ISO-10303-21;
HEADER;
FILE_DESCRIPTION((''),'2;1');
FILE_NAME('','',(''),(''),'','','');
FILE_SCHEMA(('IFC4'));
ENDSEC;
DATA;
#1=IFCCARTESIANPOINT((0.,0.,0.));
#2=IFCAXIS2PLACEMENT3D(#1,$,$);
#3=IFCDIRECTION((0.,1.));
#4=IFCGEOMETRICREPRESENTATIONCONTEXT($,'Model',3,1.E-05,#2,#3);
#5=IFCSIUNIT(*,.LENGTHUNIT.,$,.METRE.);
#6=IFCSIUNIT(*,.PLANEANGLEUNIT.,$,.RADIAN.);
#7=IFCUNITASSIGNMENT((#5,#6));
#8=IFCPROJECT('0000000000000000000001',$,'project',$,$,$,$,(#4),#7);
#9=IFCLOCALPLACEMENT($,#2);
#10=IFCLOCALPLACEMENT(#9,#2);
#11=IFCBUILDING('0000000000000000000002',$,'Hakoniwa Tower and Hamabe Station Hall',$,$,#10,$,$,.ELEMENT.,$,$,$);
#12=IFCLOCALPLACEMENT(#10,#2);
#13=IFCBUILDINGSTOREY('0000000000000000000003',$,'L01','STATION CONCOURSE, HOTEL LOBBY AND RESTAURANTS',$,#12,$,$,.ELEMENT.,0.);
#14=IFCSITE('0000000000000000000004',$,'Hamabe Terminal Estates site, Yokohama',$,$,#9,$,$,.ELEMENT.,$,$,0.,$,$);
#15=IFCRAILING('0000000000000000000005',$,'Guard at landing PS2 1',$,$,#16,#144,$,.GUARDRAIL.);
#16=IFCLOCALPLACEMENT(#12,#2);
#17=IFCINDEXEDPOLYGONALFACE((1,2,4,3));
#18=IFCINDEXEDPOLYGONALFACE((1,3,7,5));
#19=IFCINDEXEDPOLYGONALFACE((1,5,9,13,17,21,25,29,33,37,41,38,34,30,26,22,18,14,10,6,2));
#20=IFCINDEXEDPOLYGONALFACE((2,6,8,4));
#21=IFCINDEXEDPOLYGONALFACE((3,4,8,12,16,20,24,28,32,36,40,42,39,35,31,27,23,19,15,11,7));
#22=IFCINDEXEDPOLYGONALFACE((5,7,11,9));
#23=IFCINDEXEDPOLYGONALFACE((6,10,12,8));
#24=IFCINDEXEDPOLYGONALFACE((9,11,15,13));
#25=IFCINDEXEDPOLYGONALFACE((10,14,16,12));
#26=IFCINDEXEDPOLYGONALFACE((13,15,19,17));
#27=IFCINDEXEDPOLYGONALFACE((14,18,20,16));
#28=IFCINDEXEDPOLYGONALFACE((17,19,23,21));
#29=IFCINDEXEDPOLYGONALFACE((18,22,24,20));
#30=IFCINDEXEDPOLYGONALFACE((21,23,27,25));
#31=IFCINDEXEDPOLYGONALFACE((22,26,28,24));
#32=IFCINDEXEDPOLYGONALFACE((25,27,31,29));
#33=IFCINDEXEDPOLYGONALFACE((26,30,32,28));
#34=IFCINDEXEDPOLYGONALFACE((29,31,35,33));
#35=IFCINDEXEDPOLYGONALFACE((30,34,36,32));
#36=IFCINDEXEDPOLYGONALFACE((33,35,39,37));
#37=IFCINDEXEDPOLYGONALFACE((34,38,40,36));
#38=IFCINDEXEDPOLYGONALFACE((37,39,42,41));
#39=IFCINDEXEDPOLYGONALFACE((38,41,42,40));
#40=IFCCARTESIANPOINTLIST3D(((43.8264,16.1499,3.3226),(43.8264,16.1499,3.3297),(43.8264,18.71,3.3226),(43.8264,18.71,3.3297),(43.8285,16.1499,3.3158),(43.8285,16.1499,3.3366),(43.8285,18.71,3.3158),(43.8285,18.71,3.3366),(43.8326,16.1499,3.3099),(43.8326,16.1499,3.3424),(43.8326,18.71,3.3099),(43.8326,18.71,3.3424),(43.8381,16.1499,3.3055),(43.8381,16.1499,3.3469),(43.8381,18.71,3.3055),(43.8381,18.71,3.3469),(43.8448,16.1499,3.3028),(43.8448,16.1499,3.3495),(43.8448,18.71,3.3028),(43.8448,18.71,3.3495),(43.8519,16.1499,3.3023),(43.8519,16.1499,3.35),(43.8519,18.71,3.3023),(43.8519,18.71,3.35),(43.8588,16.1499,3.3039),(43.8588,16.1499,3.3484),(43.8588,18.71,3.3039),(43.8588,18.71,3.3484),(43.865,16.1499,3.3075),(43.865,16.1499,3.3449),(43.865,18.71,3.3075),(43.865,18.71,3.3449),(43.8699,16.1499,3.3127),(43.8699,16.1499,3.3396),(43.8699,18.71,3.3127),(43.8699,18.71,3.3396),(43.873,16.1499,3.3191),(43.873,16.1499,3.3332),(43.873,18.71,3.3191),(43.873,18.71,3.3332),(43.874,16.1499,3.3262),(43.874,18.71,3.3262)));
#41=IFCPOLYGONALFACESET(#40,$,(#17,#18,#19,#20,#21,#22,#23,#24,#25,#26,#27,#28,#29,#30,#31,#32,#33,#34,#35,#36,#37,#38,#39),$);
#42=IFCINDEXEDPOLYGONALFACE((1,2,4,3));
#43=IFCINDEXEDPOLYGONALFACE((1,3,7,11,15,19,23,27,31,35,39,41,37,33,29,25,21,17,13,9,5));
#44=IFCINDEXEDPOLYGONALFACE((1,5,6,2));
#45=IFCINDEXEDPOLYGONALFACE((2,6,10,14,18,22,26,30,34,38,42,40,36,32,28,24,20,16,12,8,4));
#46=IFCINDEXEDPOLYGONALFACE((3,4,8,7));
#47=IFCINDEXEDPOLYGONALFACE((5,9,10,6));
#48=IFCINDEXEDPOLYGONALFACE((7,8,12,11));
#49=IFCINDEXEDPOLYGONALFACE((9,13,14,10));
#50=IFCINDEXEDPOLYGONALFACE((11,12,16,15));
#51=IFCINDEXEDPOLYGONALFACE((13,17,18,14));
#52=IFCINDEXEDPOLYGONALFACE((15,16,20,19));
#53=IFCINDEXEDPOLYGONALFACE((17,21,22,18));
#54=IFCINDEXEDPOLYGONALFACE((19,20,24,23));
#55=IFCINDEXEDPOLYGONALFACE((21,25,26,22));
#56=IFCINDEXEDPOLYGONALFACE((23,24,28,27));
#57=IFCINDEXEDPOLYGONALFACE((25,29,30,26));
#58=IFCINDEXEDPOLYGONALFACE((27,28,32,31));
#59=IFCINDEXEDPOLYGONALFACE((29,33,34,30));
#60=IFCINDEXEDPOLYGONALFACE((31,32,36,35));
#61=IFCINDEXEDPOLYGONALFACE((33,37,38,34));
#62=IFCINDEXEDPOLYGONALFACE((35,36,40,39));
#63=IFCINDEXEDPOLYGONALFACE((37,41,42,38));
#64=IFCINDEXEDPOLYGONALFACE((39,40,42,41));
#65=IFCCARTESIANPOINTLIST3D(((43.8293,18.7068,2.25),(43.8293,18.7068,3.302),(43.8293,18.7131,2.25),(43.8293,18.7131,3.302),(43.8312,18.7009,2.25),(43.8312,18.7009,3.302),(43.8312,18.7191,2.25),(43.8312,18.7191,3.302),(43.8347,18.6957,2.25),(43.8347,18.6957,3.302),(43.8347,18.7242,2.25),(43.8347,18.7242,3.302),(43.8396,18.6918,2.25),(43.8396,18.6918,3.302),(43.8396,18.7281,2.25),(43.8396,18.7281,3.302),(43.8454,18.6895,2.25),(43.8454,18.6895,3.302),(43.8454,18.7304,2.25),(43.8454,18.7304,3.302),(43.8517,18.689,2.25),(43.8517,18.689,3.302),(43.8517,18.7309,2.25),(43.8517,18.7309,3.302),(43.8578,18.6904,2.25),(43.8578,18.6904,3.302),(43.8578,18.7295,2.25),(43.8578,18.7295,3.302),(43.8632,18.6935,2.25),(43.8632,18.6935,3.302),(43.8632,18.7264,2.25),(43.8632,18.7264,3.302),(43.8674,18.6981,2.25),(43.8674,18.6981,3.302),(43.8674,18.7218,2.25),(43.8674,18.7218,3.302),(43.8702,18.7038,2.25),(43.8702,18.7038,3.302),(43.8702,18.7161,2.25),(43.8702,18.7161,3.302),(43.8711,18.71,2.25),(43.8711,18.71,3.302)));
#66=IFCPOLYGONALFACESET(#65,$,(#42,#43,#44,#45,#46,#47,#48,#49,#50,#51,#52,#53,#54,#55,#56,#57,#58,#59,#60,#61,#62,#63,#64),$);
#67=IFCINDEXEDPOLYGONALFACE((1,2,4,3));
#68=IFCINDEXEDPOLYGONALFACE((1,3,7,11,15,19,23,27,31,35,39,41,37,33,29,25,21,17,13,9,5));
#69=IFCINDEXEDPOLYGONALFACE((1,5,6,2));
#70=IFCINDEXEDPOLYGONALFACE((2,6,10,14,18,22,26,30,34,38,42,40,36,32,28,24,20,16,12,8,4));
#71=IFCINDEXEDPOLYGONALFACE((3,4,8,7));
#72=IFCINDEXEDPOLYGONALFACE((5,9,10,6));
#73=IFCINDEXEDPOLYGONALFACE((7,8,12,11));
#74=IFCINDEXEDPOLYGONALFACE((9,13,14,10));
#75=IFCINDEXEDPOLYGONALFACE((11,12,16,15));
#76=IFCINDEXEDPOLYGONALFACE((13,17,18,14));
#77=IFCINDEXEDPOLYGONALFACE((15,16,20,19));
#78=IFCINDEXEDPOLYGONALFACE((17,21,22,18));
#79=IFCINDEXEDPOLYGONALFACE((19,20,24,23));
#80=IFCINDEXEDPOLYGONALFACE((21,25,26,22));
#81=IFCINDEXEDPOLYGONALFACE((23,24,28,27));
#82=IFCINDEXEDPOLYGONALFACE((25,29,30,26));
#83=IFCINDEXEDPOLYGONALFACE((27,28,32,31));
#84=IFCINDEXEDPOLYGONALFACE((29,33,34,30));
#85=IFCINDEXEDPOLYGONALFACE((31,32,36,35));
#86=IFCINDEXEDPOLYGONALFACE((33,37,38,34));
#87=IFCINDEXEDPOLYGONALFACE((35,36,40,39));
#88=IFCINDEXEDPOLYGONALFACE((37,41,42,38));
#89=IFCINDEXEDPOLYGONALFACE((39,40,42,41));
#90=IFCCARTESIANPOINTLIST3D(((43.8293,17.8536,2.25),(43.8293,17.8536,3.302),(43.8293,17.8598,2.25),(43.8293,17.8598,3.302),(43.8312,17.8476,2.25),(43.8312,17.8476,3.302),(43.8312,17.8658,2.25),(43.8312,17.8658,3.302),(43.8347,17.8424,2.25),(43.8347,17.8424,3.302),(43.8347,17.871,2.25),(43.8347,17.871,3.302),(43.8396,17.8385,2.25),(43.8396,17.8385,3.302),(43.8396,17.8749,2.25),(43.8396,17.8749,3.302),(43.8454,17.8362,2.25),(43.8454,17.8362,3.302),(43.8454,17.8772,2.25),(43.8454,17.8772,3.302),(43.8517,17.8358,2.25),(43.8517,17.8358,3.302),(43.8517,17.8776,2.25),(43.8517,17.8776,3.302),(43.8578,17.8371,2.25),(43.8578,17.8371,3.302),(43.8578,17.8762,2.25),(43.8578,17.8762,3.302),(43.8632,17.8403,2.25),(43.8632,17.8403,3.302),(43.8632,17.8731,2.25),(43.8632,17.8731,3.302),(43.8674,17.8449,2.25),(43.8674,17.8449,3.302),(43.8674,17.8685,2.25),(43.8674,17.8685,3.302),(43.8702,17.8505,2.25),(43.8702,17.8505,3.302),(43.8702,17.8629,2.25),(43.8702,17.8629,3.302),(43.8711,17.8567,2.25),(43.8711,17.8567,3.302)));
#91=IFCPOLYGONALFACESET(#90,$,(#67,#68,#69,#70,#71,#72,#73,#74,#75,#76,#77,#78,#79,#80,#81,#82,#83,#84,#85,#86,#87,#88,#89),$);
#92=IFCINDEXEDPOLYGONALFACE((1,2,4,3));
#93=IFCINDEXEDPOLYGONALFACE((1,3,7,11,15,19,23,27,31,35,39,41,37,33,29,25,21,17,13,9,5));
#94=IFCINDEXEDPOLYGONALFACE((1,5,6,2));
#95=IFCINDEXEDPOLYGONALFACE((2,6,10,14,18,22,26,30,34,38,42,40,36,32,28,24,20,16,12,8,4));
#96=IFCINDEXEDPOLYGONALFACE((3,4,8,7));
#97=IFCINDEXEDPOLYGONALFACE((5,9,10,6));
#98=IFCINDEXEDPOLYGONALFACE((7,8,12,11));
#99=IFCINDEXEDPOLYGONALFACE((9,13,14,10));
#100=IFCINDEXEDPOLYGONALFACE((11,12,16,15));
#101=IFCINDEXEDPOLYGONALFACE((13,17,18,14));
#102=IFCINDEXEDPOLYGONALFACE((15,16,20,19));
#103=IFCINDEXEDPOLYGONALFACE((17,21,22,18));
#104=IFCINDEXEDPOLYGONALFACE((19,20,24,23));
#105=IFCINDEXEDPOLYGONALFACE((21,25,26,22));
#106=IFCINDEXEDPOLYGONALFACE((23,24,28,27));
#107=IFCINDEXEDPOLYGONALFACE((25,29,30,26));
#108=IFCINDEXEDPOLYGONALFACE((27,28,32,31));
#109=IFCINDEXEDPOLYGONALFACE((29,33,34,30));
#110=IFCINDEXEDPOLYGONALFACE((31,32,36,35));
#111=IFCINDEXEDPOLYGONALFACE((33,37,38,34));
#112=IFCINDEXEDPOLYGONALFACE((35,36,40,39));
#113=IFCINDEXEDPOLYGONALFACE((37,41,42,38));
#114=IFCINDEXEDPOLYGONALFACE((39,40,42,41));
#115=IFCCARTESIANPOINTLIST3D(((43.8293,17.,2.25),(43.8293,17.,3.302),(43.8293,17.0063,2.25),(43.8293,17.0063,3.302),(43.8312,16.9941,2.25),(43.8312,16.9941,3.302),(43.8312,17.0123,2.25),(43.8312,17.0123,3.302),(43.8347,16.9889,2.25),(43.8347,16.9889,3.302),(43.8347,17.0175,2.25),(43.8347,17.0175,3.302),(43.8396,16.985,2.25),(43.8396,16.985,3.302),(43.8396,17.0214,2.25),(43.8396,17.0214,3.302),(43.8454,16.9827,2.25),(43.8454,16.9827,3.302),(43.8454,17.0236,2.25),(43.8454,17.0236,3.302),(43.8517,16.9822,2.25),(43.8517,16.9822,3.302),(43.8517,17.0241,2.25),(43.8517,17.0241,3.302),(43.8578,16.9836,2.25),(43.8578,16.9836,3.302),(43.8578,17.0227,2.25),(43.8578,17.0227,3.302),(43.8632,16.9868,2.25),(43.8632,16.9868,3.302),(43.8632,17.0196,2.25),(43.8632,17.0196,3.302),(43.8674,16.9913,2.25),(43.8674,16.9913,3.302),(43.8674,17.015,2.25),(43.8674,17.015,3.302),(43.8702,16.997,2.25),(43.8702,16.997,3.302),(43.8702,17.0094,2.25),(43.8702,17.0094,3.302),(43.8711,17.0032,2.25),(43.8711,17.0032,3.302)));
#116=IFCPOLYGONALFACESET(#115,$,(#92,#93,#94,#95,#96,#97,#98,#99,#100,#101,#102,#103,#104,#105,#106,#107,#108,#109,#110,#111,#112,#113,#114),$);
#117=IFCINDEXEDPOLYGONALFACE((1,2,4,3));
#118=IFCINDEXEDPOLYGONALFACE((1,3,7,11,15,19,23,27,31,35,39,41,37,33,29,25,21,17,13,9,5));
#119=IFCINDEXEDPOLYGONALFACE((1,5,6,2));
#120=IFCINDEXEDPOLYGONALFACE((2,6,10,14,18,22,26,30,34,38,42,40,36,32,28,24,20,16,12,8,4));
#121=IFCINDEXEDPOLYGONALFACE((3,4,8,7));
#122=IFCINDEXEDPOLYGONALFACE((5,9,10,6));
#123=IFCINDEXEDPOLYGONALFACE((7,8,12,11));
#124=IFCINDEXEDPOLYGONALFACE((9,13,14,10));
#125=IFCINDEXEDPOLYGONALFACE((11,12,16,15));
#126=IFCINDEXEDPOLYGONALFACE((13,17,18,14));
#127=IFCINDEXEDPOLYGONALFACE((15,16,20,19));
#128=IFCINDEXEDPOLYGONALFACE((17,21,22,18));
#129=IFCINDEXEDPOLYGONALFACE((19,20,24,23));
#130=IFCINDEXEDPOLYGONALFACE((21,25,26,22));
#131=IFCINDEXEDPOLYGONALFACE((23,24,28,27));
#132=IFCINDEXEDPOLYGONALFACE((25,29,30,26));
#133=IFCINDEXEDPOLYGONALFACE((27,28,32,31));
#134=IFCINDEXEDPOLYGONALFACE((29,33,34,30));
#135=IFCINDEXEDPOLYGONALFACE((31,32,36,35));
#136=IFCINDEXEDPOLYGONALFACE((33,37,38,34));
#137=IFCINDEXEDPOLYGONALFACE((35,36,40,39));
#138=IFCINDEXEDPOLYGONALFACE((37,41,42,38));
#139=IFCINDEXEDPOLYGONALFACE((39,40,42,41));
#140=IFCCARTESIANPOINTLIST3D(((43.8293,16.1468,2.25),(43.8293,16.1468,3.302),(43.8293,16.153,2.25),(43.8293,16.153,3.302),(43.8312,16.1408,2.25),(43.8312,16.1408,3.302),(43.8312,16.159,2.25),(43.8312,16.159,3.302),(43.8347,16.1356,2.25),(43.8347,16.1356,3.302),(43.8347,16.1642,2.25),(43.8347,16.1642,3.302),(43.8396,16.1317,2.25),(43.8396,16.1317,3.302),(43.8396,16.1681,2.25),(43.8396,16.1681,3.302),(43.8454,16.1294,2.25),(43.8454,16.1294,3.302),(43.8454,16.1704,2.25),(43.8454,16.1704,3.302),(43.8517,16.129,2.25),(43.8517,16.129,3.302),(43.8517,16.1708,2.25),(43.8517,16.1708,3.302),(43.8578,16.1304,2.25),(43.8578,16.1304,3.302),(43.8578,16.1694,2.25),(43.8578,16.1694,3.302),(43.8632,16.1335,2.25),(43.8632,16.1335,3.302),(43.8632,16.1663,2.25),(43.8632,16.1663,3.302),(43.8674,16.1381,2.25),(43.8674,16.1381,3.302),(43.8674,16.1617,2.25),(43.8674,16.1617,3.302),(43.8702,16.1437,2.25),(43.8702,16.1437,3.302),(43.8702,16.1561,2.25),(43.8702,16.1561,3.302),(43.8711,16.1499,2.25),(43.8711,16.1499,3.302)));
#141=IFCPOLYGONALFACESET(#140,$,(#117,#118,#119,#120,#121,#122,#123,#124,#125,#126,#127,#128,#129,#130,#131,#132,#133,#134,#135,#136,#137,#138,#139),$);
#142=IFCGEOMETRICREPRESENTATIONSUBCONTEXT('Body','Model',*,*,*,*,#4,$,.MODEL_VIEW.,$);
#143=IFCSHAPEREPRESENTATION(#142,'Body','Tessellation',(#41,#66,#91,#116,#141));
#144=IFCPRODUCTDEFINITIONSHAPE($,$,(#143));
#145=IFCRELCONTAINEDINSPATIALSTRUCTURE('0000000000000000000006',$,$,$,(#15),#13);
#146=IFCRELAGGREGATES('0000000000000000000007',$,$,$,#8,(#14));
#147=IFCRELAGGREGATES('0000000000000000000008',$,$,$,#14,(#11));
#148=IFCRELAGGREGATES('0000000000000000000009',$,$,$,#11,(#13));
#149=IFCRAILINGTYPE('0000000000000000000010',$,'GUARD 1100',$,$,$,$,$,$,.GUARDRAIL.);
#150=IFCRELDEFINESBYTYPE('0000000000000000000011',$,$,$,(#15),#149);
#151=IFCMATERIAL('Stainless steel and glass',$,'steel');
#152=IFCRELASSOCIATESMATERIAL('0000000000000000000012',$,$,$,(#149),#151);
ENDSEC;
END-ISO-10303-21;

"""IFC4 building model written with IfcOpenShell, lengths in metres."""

from ifc_helpers import new_model, si_unit, direction, frame, origin, origin_2d, place, context, subcontext, project, spatial, circle, extrude, material, type_object, element, save


model = new_model("IFC4")

# Units and contexts
model_context = context("Model", 3, precision=1e-05, world=origin(), true_north=direction((0.0, 1.0)))
body_context = subcontext(model_context, "Body", "Model", "MODEL_VIEW")
ifc_project = project(units=[si_unit("LENGTHUNIT", "METRE"), si_unit("PLANEANGLEUNIT", "RADIAN")], contexts=[model_context])

# Site, building, storey
site_placement = place(None, origin())
site = spatial("IfcSite", under=ifc_project, at=site_placement, Name="Hamabe Terminal Estates site, Yokohama", CompositionType="ELEMENT", RefElevation=0.0)
building_placement = place(site_placement, origin())
building = spatial("IfcBuilding", under=site, at=building_placement, Name="Hakoniwa Tower and Hamabe Station Hall", CompositionType="ELEMENT")
storey_placement = place(building_placement, origin())
storey = spatial("IfcBuildingStorey", under=building, at=storey_placement, Name="L01", Description="STATION CONCOURSE, HOTEL LOBBY AND RESTAURANTS", CompositionType="ELEMENT", Elevation=0.0)

# Railing
ifc_material_1 = material(Name="Stainless steel and glass", Category="steel")
railing_type_1 = type_object("IfcRailingType", Name="GUARD 1100", PredefinedType="GUARDRAIL", material=ifc_material_1)
railing_1_placement = place(storey_placement, frame((43.8501, 18.71, 2.25)))
element("IfcRailing", 1, at=railing_1_placement, inside=storey, type_object=railing_type_1, Name="Guard at landing PS2 1", PredefinedType="GUARDRAIL", context=body_context, shape_type="SweptSolid", body=[
    extrude(circle(Radius=0.0239, at=origin_2d()), frame((0.0, 0.0, 1.0762), z_axis=(0.0, -1.0, 0.0), x_axis=(1.0, 0.0, 0.0)), (0.0, 0.0, 1.0), 2.5601),
    extrude(circle(Radius=0.021, at=origin_2d()), origin(), (0.0, 0.0, 1.0), 1.052),
    extrude(circle(Radius=0.021, at=origin_2d()), frame((0.0, -0.8533, 0.0)), (0.0, 0.0, 1.0), 1.052),
    extrude(circle(Radius=0.021, at=origin_2d()), frame((0.0, -1.7068, 0.0)), (0.0, 0.0, 1.0), 1.052),
    extrude(circle(Radius=0.021, at=origin_2d()), frame((0.0, -2.5601, 0.0)), (0.0, 0.0, 1.0), 1.052),
])

save(model, "model.ifc")
